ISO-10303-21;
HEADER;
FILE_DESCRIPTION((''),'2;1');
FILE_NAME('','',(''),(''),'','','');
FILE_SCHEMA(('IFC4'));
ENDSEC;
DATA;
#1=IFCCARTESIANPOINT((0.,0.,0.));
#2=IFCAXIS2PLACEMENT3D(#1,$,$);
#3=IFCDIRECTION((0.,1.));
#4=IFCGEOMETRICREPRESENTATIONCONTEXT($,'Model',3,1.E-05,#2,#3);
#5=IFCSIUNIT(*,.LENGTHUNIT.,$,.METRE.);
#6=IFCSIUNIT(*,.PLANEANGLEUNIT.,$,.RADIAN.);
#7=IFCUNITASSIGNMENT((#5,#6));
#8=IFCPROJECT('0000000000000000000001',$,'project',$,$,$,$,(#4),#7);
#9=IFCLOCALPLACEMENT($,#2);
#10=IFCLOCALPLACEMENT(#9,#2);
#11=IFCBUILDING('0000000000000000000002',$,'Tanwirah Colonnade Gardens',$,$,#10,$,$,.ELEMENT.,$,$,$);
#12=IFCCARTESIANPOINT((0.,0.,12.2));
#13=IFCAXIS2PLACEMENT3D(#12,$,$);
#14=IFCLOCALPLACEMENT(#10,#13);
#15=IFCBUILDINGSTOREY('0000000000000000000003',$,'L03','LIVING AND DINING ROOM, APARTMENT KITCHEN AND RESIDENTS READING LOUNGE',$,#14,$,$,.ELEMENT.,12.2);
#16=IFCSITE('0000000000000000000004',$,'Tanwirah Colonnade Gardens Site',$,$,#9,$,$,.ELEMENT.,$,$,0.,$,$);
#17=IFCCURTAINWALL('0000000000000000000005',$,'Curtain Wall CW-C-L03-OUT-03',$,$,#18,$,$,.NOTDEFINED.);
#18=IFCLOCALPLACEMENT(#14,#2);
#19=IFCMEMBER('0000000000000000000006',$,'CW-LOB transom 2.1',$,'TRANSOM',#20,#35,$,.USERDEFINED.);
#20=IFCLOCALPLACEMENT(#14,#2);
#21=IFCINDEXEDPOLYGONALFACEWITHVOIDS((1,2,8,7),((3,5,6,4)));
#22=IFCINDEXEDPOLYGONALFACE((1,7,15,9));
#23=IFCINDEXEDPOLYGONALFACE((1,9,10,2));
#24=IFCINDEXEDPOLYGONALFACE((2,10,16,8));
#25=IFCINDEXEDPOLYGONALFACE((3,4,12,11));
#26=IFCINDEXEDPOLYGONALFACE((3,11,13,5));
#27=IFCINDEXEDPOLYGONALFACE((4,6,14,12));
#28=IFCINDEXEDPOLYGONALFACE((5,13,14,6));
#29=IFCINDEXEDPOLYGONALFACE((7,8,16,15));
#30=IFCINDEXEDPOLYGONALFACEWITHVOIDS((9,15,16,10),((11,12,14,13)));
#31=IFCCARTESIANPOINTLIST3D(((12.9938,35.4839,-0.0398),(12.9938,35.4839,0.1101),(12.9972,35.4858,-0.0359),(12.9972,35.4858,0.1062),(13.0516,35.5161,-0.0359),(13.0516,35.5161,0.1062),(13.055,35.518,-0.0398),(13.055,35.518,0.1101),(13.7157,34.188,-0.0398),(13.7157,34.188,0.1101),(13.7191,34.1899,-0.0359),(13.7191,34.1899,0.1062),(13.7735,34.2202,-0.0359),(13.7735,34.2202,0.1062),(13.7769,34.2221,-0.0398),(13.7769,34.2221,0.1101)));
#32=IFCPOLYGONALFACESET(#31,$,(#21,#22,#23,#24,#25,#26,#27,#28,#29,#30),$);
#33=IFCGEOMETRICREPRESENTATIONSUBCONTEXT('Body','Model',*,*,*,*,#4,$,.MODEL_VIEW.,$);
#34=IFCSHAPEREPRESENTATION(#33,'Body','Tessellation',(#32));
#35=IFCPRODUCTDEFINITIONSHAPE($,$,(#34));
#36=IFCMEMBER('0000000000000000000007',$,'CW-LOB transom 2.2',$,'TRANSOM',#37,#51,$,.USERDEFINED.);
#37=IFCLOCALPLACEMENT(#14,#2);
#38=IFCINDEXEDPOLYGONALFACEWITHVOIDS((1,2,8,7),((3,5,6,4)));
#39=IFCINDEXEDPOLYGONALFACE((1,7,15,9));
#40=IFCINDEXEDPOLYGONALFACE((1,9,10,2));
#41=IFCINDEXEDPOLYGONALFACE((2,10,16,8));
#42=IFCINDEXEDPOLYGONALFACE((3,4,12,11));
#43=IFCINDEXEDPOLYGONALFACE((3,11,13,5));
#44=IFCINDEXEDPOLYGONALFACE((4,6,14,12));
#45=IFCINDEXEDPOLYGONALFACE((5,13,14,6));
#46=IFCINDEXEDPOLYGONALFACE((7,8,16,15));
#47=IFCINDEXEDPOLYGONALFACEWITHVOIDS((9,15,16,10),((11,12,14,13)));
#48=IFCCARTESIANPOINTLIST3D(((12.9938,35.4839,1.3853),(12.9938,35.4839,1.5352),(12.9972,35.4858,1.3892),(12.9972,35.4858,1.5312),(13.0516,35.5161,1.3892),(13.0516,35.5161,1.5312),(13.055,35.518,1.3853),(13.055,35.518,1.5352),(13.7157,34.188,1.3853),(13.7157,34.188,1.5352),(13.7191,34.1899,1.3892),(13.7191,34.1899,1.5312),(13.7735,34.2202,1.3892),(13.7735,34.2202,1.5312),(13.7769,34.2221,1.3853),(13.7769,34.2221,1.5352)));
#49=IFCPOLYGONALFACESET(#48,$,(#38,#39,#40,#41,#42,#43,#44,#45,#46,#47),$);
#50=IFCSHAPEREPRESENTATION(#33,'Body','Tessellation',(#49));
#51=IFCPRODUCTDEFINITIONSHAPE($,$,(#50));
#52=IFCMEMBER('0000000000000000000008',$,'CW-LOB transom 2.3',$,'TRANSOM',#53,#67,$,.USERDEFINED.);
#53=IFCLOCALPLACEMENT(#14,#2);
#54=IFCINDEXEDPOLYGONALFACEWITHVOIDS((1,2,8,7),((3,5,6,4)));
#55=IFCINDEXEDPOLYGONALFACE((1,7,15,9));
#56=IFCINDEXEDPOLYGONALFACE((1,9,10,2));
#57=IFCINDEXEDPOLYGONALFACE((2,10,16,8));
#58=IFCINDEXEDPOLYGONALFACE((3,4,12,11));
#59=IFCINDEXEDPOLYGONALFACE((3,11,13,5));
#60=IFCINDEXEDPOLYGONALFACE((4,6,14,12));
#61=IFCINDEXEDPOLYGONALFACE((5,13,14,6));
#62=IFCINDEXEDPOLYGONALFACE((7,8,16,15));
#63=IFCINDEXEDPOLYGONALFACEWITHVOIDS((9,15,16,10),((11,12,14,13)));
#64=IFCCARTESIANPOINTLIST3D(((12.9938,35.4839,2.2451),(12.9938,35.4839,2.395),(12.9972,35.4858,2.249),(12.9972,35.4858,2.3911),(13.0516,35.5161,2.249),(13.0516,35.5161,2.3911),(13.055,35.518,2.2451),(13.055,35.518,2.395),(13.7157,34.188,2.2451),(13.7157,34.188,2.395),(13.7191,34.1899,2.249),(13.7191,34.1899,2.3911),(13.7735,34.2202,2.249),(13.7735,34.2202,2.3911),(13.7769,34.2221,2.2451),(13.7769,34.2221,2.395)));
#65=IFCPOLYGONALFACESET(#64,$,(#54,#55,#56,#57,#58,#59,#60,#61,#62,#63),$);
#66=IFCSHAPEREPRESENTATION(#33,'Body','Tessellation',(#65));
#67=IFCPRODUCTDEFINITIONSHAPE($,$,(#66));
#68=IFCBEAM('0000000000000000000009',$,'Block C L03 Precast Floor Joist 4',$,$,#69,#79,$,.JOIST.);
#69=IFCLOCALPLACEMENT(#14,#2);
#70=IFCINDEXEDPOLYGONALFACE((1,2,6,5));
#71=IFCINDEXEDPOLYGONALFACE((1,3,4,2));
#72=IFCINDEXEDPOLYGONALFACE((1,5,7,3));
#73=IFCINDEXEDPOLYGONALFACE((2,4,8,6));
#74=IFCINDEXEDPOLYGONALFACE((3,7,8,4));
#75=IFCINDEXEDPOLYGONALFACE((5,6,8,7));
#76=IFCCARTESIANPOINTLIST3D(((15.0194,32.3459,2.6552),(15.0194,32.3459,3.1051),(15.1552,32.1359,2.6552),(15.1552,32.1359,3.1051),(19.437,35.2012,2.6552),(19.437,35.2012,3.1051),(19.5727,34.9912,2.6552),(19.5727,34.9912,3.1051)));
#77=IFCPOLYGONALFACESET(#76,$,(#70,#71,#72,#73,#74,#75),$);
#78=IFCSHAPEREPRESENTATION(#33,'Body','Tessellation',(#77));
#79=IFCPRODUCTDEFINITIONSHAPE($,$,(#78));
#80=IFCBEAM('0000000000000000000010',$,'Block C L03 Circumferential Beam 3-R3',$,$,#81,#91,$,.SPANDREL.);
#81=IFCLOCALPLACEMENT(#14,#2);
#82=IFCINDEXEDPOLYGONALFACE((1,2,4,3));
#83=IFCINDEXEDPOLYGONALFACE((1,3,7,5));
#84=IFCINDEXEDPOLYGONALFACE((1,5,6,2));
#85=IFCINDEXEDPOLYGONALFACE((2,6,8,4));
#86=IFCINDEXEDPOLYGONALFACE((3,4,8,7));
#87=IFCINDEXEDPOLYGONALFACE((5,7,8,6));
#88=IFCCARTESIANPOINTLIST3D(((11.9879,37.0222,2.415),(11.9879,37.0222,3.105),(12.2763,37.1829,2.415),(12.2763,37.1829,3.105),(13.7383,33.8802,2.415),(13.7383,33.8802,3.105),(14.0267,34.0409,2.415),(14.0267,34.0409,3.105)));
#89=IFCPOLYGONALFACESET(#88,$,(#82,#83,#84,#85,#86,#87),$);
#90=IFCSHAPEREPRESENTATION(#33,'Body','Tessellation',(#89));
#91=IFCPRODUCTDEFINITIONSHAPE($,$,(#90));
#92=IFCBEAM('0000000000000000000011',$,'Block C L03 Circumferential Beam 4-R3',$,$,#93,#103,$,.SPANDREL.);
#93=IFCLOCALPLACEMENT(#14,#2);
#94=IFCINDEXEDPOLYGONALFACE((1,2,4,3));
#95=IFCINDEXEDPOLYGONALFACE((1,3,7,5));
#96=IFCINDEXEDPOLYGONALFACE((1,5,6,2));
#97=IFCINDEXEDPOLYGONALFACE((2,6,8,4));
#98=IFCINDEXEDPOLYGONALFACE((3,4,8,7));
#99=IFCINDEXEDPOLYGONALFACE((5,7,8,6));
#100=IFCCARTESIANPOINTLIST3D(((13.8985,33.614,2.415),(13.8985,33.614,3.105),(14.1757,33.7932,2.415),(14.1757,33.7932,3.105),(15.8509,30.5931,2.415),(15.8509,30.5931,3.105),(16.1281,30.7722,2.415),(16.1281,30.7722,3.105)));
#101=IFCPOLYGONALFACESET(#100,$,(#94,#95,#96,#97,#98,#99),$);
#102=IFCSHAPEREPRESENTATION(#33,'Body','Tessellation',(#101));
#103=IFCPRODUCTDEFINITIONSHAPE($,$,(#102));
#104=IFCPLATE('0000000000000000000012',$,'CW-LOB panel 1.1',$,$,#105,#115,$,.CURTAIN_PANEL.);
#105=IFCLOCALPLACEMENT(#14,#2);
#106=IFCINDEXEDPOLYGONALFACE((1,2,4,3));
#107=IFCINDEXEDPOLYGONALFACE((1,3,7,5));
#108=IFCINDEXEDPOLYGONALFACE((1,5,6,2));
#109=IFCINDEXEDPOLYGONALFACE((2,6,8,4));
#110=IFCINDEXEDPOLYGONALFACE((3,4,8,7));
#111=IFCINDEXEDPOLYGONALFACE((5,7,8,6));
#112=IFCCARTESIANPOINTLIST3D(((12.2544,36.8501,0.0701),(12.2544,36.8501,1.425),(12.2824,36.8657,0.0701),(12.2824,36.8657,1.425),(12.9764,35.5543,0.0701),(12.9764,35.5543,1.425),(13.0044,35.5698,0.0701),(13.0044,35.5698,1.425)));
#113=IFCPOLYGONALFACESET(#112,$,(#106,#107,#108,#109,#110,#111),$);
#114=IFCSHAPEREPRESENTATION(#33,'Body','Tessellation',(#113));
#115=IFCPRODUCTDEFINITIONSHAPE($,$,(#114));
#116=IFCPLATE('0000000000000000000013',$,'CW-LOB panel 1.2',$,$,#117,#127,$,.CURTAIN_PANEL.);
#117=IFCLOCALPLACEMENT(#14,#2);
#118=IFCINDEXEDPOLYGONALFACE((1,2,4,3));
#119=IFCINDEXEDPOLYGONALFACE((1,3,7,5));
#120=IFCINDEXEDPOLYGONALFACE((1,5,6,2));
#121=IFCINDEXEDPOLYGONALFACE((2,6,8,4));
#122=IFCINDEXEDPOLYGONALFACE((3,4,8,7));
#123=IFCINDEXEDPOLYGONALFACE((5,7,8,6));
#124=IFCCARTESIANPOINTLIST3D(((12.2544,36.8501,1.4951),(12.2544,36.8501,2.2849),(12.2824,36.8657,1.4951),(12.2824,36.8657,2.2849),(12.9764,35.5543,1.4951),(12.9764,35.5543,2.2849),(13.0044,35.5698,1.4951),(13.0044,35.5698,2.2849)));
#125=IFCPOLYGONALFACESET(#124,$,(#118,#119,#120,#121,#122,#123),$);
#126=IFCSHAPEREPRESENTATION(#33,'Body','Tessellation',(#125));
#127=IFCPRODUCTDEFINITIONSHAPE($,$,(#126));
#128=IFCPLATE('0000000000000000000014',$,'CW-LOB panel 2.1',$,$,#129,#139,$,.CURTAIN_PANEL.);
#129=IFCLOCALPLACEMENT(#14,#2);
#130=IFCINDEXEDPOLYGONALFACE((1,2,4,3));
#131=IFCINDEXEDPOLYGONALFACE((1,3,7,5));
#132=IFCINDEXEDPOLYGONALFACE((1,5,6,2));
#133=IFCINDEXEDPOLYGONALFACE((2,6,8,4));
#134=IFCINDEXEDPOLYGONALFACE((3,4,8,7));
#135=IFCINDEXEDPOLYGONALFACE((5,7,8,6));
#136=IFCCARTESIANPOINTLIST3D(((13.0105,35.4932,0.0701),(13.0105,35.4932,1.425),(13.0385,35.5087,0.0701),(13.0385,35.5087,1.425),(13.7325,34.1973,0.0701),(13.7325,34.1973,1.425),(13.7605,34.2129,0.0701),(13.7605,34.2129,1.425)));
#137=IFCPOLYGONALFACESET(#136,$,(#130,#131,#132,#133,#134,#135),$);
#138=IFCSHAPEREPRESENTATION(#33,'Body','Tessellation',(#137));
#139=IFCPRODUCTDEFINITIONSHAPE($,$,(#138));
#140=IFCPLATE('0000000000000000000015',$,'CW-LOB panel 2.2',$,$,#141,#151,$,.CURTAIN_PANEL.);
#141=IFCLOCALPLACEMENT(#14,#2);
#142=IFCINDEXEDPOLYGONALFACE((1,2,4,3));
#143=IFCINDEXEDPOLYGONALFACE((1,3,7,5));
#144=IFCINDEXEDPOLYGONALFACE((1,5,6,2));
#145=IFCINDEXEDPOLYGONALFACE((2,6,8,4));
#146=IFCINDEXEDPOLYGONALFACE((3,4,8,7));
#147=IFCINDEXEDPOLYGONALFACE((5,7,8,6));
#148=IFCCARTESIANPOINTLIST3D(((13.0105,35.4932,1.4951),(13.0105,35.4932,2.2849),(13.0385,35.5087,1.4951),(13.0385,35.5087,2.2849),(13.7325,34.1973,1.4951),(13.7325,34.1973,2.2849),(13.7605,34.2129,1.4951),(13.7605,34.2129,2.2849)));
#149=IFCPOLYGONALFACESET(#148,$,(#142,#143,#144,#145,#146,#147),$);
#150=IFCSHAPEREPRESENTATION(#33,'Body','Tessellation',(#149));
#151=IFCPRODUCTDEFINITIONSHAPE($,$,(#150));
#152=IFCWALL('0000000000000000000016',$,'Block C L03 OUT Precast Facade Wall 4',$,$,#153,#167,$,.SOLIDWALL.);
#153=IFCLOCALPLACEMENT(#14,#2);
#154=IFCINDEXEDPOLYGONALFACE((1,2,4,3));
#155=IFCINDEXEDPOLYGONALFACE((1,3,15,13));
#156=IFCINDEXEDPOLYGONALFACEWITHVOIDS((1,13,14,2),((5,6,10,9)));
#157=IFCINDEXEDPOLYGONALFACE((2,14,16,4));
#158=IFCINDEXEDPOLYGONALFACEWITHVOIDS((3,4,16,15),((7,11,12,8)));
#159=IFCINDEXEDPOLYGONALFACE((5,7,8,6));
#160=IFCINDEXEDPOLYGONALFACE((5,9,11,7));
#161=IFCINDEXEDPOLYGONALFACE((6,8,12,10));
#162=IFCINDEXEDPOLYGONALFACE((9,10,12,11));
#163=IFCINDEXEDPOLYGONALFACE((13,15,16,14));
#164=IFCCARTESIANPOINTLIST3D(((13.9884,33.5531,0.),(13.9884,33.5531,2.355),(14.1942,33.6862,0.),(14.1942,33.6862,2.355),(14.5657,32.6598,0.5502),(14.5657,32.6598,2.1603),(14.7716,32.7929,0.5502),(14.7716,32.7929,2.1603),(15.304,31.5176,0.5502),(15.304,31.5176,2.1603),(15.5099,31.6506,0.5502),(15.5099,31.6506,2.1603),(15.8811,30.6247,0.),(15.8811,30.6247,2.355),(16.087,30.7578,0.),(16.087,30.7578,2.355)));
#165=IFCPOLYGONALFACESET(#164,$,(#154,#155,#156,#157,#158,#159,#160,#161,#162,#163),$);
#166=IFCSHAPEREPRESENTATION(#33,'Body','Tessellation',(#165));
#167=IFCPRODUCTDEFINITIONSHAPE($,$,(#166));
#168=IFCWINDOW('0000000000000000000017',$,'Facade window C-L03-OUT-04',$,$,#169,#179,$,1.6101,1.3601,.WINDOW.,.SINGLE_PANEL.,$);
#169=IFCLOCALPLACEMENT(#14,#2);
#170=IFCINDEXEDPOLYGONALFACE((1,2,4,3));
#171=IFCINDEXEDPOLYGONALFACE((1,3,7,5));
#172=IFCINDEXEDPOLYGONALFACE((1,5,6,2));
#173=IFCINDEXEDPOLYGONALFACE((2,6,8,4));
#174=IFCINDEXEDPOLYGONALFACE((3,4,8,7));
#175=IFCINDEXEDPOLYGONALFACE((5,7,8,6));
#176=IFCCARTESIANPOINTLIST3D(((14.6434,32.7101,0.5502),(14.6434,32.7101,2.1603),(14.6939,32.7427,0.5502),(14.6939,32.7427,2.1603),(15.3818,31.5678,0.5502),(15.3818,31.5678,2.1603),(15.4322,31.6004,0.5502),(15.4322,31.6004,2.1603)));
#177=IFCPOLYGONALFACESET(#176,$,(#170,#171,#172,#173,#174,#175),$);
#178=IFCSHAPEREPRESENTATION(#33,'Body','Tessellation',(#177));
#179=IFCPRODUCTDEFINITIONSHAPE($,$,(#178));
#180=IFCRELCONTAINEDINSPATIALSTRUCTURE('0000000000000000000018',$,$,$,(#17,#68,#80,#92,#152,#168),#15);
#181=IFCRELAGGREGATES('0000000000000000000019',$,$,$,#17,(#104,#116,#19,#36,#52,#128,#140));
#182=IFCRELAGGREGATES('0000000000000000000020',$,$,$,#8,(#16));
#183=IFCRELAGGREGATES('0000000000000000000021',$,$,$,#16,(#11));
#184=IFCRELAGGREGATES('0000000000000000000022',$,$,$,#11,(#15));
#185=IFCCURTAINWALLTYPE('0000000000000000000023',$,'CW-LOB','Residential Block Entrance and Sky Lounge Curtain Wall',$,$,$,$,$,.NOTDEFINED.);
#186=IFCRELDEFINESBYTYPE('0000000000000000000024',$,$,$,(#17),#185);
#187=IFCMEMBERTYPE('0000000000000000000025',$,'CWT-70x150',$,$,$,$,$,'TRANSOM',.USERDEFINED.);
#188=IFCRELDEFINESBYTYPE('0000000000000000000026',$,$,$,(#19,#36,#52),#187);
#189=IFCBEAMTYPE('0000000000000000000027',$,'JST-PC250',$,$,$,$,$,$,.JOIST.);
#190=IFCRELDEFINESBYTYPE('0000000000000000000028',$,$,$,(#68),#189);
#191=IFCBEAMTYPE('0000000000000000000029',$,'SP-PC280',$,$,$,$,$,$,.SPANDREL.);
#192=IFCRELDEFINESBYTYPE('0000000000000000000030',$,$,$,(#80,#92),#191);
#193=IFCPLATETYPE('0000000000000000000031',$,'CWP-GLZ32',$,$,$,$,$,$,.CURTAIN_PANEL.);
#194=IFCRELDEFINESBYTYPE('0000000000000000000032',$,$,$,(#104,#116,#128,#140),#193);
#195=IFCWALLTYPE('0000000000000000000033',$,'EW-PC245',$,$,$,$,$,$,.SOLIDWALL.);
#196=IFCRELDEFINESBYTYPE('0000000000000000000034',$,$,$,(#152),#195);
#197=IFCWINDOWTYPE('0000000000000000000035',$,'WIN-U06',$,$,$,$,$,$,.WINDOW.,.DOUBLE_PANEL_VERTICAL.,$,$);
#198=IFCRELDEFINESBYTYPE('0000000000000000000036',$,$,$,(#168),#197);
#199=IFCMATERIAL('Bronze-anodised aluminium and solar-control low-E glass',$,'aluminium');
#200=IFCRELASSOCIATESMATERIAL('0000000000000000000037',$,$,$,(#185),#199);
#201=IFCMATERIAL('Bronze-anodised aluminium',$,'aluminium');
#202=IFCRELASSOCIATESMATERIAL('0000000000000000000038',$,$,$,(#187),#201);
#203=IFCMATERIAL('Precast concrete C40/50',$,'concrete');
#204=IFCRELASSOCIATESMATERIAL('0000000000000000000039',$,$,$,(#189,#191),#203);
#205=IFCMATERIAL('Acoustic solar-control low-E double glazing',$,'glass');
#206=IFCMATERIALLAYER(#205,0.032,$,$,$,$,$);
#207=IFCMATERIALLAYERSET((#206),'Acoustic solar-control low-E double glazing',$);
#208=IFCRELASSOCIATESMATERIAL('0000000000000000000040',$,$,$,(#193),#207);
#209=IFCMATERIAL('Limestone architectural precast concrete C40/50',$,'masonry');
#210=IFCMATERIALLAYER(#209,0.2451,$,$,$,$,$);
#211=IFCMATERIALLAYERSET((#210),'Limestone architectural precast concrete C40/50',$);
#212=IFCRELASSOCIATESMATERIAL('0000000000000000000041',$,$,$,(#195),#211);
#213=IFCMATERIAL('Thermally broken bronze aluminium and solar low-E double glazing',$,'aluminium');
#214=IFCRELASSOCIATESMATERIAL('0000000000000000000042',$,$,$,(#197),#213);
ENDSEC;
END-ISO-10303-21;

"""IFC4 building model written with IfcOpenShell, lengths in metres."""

from ifc_helpers import new_model, si_unit, direction, frame, frame_2d, origin, origin_2d, place, context, subcontext, project, spatial, rectangle, hollow_rectangle, extrude, material, layer, layer_set, material_profile, profile_set, type_object, element, fill, aggregate, save


model = new_model("IFC4")

# Units and contexts
model_context = context("Model", 3, precision=1e-05, world=origin(), true_north=direction((0.0, 1.0)))
body_context = subcontext(model_context, "Body", "Model", "MODEL_VIEW")
ifc_project = project(units=[si_unit("LENGTHUNIT", "METRE"), si_unit("PLANEANGLEUNIT", "RADIAN")], contexts=[model_context])

# Site, building, storey
site_placement = place(None, origin())
site = spatial("IfcSite", under=ifc_project, at=site_placement, Name="Tanwirah Colonnade Gardens Site", CompositionType="ELEMENT", RefElevation=0.0)
building_placement = place(site_placement, origin())
building = spatial("IfcBuilding", under=site, at=building_placement, Name="Tanwirah Colonnade Gardens", CompositionType="ELEMENT")
storey_placement = place(building_placement, frame((0.0, 0.0, 12.2)))
storey = spatial("IfcBuildingStorey", under=building, at=storey_placement, Name="L03", Description="LIVING AND DINING ROOM, APARTMENT KITCHEN AND RESIDENTS READING LOUNGE", CompositionType="ELEMENT", Elevation=12.2)

# Shared definitions
ifc_material_1 = material(Name="Precast concrete C40/50", Category="concrete")

# Curtain wall, members
ifc_material_2 = material(Name="Bronze-anodised aluminium and solar-control low-E glass", Category="aluminium")
curtain_wall_type = type_object("IfcCurtainWallType", Name="CW-LOB", Description="Residential Block Entrance and Sky Lounge Curtain Wall", PredefinedType="NOTDEFINED", material=ifc_material_2)
curtain_wall_placement = place(storey_placement, origin())
curtain_wall = element("IfcCurtainWall", 1, at=curtain_wall_placement, inside=storey, type_object=curtain_wall_type, Name="Curtain Wall CW-C-L03-OUT-03", PredefinedType="NOTDEFINED")
ifc_material_3 = material(Name="Bronze-anodised aluminium", Category="aluminium")
ifc_material_profile_1 = material_profile(ifc_material_3, hollow_rectangle(XDim=0.0701, YDim=0.1499, WallThickness=0.0039, at=origin_2d()), Name="CW-TRN 70x150x4")
ifc_profile_set_1 = profile_set([ifc_material_profile_1], Name="Bronze-anodised aluminium")
member_type_1 = type_object("IfcMemberType", Name="CWT-70x150", ElementType="TRANSOM", PredefinedType="USERDEFINED", material=ifc_profile_set_1)
member_1_placement = place(storey_placement, frame((13.0244, 35.501, 0.0352), z_axis=(0.486663, -0.87359, 0.0), x_axis=(0.87359, 0.486663, 0.0)))
member_1 = element("IfcMember", 2, at=member_1_placement, type_object=member_type_1, Name="CW-LOB transom 2.1", ObjectType="TRANSOM", PredefinedType="USERDEFINED", context=body_context, shape_type="SweptSolid", body=[
    extrude(hollow_rectangle(XDim=0.0701, YDim=0.1499, WallThickness=0.0039, at=origin_2d()), origin(), (0.0, 0.0, 1.0), 1.4834),
])
member_2_placement = place(storey_placement, frame((13.0244, 35.501, 1.4602), z_axis=(0.486663, -0.87359, 0.0), x_axis=(0.87359, 0.486663, 0.0)))
member_2 = element("IfcMember", 3, at=member_2_placement, type_object=member_type_1, Name="CW-LOB transom 2.2", ObjectType="TRANSOM", PredefinedType="USERDEFINED", context=body_context, shape_type="SweptSolid", body=[
    extrude(hollow_rectangle(XDim=0.0701, YDim=0.1499, WallThickness=0.0039, at=origin_2d()), origin(), (0.0, 0.0, 1.0), 1.4834),
])
member_3_placement = place(storey_placement, frame((13.0244, 35.501, 2.3201), z_axis=(0.486663, -0.87359, 0.0), x_axis=(0.87359, 0.486663, 0.0)))
member_3 = element("IfcMember", 4, at=member_3_placement, type_object=member_type_1, Name="CW-LOB transom 2.3", ObjectType="TRANSOM", PredefinedType="USERDEFINED", context=body_context, shape_type="SweptSolid", body=[
    extrude(hollow_rectangle(XDim=0.0701, YDim=0.1499, WallThickness=0.0039, at=origin_2d()), origin(), (0.0, 0.0, 1.0), 1.4834),
])

# Beams
ifc_material_profile_2 = material_profile(ifc_material_1, rectangle(XDim=0.25, YDim=0.45, at=origin_2d()), Name="PC-JST 250x450")
ifc_profile_set_2 = profile_set([ifc_material_profile_2], Name="Precast concrete C40/50")
beam_type_1 = type_object("IfcBeamType", Name="JST-PC250", PredefinedType="JOIST", material=ifc_profile_set_2)
beam_1_placement = place(storey_placement, frame((19.5049, 35.0962, 2.8801), z_axis=(-0.839843, -0.54283, 0.0), x_axis=(0.54283, -0.839843, 0.0)))
element("IfcBeam", 5, at=beam_1_placement, inside=storey, type_object=beam_type_1, Name="Block C L03 Precast Floor Joist 4", PredefinedType="JOIST", context=body_context, shape_type="SweptSolid", body=[
    extrude(rectangle(XDim=0.25, YDim=0.45, at=origin_2d()), origin(), (0.0, 0.0, 1.0), 5.26),
])
ifc_material_profile_3 = material_profile(ifc_material_1, rectangle(XDim=0.3301, YDim=0.6899, at=origin_2d()), Name="PC-SP 330x690")
ifc_profile_set_3 = profile_set([ifc_material_profile_3], Name="Precast concrete C40/50")
beam_type_2 = type_object("IfcBeamType", Name="SP-PC280", PredefinedType="SPANDREL", material=ifc_profile_set_3)
beam_2_placement = place(storey_placement, frame((12.1321, 37.1025, 2.76), z_axis=(0.48668, -0.87358, 0.0), x_axis=(0.87358, 0.48668, 0.0)))
element("IfcBeam", 6, at=beam_2_placement, inside=storey, type_object=beam_type_2, Name="Block C L03 Circumferential Beam 3-R3", PredefinedType="SPANDREL", context=body_context, shape_type="SweptSolid", body=[
    extrude(rectangle(XDim=0.3301, YDim=0.6899, at=origin_2d()), origin(), (0.0, 0.0, 1.0), 3.5967),
])
beam_3_placement = place(storey_placement, frame((14.0371, 33.7036, 2.76), z_axis=(0.542787, -0.83987, 0.0), x_axis=(0.83987, 0.542787, 0.0)))
element("IfcBeam", 7, at=beam_3_placement, inside=storey, type_object=beam_type_2, Name="Block C L03 Circumferential Beam 4-R3", PredefinedType="SPANDREL", context=body_context, shape_type="SweptSolid", body=[
    extrude(rectangle(XDim=0.3301, YDim=0.6899, at=origin_2d()), origin(), (0.0, 0.0, 1.0), 3.5969),
])

# Plates
ifc_material_4 = material(Name="Acoustic solar-control low-E double glazing", Category="glass")
ifc_layer_1 = layer(ifc_material_4, 0.032)
ifc_layer_set_1 = layer_set([ifc_layer_1], Name="Acoustic solar-control low-E double glazing")
plate_type = type_object("IfcPlateType", Name="CWP-GLZ32", PredefinedType="CURTAIN_PANEL", material=ifc_layer_set_1)
plate_1_placement = place(storey_placement, frame((12.6294, 36.21, 0.0701), z_axis=(0.0, 0.0, 1.0), x_axis=(0.486715, -0.873561, 0.0)))
plate_1 = element("IfcPlate", 8, at=plate_1_placement, type_object=plate_type, Name="CW-LOB panel 1.1", PredefinedType="CURTAIN_PANEL", context=body_context, shape_type="SweptSolid", body=[
    extrude(rectangle(XDim=1.4834, YDim=0.032, at=origin_2d()), origin(), (0.0, 0.0, 1.0), 1.355),
])
plate_2_placement = place(storey_placement, frame((12.6294, 36.21, 1.4951), z_axis=(0.0, 0.0, 1.0), x_axis=(0.486715, -0.873561, 0.0)))
plate_2 = element("IfcPlate", 9, at=plate_2_placement, type_object=plate_type, Name="CW-LOB panel 1.2", PredefinedType="CURTAIN_PANEL", context=body_context, shape_type="SweptSolid", body=[
    extrude(rectangle(XDim=1.4834, YDim=0.032, at=origin_2d()), origin(), (0.0, 0.0, 1.0), 0.7898),
])
plate_3_placement = place(storey_placement, frame((13.3855, 34.853, 0.0701), z_axis=(0.0, 0.0, 1.0), x_axis=(0.486715, -0.873561, 0.0)))
plate_3 = element("IfcPlate", 10, at=plate_3_placement, type_object=plate_type, Name="CW-LOB panel 2.1", PredefinedType="CURTAIN_PANEL", context=body_context, shape_type="SweptSolid", body=[
    extrude(rectangle(XDim=1.4834, YDim=0.032, at=origin_2d()), origin(), (0.0, 0.0, 1.0), 1.355),
])
plate_4_placement = place(storey_placement, frame((13.3855, 34.853, 1.4951), z_axis=(0.0, 0.0, 1.0), x_axis=(0.486715, -0.873561, 0.0)))
plate_4 = element("IfcPlate", 11, at=plate_4_placement, type_object=plate_type, Name="CW-LOB panel 2.2", PredefinedType="CURTAIN_PANEL", context=body_context, shape_type="SweptSolid", body=[
    extrude(rectangle(XDim=1.4834, YDim=0.032, at=origin_2d()), origin(), (0.0, 0.0, 1.0), 0.7898),
])
aggregate(curtain_wall, [plate_1, plate_2, member_1, member_2, member_3, plate_3, plate_4])

# Wall, opening, window
ifc_material_5 = material(Name="Limestone architectural precast concrete C40/50", Category="masonry")
ifc_layer_2 = layer(ifc_material_5, 0.2451)
ifc_layer_set_2 = layer_set([ifc_layer_2], Name="Limestone architectural precast concrete C40/50")
wall_type_1 = type_object("IfcWallType", Name="EW-PC245", PredefinedType="SOLIDWALL", material=ifc_layer_set_2)
wall_1_placement = place(storey_placement, frame((14.0913, 33.6196, 0.0), z_axis=(0.0, 0.0, 1.0), x_axis=(0.542833, -0.839841, 0.0)))
wall_1 = element("IfcWall", 12, at=wall_1_placement, inside=storey, type_object=wall_type_1, Name="Block C L03 OUT Precast Facade Wall 4", PredefinedType="SOLIDWALL", context=body_context, shape_type="SweptSolid", body=[
    extrude(rectangle(XDim=3.4868, YDim=0.2451, at=frame_2d((1.7434, 0.0))), origin(), (0.0, 0.0, 1.0), 2.355),
])
opening_1_placement = place(wall_1_placement, frame((1.0635, 0.0, 0.55)))
opening_1 = element("IfcOpeningElement", 13, at=opening_1_placement, cuts=wall_1, PredefinedType="OPENING", context=body_context, shape_type="SweptSolid", body=[
    extrude(rectangle(XDim=1.3601, YDim=1.6101, at=frame_2d((0.6802, 0.8052))), frame((0.0, 0.1326, 0.0), z_axis=(0.0, -1.0, 0.0), x_axis=(1.0, 0.0, 0.0)), (0.0, 0.0, 1.0), 0.2651),
])
ifc_material_6 = material(Name="Thermally broken bronze aluminium and solar low-E double glazing", Category="aluminium")
window_type = type_object("IfcWindowType", Name="WIN-U06", PartitioningType="DOUBLE_PANEL_VERTICAL", PredefinedType="WINDOW", material=ifc_material_6)
window_placement = place(opening_1_placement, origin())
window = element("IfcWindow", 14, at=window_placement, inside=storey, type_object=window_type, Name="Facade window C-L03-OUT-04", OverallHeight=1.6101, OverallWidth=1.3601, PartitioningType="SINGLE_PANEL", PredefinedType="WINDOW", context=body_context, shape_type="SweptSolid", body=[
    extrude(rectangle(XDim=1.3601, YDim=1.6101, at=frame_2d((0.6802, 0.8052))), frame((0.0, 0.03, 0.0), z_axis=(0.0, -1.0, 0.0), x_axis=(1.0, 0.0, 0.0)), (0.0, 0.0, 1.0), 0.0601),
])
fill(opening_1, window)

save(model, "model.ifc")
